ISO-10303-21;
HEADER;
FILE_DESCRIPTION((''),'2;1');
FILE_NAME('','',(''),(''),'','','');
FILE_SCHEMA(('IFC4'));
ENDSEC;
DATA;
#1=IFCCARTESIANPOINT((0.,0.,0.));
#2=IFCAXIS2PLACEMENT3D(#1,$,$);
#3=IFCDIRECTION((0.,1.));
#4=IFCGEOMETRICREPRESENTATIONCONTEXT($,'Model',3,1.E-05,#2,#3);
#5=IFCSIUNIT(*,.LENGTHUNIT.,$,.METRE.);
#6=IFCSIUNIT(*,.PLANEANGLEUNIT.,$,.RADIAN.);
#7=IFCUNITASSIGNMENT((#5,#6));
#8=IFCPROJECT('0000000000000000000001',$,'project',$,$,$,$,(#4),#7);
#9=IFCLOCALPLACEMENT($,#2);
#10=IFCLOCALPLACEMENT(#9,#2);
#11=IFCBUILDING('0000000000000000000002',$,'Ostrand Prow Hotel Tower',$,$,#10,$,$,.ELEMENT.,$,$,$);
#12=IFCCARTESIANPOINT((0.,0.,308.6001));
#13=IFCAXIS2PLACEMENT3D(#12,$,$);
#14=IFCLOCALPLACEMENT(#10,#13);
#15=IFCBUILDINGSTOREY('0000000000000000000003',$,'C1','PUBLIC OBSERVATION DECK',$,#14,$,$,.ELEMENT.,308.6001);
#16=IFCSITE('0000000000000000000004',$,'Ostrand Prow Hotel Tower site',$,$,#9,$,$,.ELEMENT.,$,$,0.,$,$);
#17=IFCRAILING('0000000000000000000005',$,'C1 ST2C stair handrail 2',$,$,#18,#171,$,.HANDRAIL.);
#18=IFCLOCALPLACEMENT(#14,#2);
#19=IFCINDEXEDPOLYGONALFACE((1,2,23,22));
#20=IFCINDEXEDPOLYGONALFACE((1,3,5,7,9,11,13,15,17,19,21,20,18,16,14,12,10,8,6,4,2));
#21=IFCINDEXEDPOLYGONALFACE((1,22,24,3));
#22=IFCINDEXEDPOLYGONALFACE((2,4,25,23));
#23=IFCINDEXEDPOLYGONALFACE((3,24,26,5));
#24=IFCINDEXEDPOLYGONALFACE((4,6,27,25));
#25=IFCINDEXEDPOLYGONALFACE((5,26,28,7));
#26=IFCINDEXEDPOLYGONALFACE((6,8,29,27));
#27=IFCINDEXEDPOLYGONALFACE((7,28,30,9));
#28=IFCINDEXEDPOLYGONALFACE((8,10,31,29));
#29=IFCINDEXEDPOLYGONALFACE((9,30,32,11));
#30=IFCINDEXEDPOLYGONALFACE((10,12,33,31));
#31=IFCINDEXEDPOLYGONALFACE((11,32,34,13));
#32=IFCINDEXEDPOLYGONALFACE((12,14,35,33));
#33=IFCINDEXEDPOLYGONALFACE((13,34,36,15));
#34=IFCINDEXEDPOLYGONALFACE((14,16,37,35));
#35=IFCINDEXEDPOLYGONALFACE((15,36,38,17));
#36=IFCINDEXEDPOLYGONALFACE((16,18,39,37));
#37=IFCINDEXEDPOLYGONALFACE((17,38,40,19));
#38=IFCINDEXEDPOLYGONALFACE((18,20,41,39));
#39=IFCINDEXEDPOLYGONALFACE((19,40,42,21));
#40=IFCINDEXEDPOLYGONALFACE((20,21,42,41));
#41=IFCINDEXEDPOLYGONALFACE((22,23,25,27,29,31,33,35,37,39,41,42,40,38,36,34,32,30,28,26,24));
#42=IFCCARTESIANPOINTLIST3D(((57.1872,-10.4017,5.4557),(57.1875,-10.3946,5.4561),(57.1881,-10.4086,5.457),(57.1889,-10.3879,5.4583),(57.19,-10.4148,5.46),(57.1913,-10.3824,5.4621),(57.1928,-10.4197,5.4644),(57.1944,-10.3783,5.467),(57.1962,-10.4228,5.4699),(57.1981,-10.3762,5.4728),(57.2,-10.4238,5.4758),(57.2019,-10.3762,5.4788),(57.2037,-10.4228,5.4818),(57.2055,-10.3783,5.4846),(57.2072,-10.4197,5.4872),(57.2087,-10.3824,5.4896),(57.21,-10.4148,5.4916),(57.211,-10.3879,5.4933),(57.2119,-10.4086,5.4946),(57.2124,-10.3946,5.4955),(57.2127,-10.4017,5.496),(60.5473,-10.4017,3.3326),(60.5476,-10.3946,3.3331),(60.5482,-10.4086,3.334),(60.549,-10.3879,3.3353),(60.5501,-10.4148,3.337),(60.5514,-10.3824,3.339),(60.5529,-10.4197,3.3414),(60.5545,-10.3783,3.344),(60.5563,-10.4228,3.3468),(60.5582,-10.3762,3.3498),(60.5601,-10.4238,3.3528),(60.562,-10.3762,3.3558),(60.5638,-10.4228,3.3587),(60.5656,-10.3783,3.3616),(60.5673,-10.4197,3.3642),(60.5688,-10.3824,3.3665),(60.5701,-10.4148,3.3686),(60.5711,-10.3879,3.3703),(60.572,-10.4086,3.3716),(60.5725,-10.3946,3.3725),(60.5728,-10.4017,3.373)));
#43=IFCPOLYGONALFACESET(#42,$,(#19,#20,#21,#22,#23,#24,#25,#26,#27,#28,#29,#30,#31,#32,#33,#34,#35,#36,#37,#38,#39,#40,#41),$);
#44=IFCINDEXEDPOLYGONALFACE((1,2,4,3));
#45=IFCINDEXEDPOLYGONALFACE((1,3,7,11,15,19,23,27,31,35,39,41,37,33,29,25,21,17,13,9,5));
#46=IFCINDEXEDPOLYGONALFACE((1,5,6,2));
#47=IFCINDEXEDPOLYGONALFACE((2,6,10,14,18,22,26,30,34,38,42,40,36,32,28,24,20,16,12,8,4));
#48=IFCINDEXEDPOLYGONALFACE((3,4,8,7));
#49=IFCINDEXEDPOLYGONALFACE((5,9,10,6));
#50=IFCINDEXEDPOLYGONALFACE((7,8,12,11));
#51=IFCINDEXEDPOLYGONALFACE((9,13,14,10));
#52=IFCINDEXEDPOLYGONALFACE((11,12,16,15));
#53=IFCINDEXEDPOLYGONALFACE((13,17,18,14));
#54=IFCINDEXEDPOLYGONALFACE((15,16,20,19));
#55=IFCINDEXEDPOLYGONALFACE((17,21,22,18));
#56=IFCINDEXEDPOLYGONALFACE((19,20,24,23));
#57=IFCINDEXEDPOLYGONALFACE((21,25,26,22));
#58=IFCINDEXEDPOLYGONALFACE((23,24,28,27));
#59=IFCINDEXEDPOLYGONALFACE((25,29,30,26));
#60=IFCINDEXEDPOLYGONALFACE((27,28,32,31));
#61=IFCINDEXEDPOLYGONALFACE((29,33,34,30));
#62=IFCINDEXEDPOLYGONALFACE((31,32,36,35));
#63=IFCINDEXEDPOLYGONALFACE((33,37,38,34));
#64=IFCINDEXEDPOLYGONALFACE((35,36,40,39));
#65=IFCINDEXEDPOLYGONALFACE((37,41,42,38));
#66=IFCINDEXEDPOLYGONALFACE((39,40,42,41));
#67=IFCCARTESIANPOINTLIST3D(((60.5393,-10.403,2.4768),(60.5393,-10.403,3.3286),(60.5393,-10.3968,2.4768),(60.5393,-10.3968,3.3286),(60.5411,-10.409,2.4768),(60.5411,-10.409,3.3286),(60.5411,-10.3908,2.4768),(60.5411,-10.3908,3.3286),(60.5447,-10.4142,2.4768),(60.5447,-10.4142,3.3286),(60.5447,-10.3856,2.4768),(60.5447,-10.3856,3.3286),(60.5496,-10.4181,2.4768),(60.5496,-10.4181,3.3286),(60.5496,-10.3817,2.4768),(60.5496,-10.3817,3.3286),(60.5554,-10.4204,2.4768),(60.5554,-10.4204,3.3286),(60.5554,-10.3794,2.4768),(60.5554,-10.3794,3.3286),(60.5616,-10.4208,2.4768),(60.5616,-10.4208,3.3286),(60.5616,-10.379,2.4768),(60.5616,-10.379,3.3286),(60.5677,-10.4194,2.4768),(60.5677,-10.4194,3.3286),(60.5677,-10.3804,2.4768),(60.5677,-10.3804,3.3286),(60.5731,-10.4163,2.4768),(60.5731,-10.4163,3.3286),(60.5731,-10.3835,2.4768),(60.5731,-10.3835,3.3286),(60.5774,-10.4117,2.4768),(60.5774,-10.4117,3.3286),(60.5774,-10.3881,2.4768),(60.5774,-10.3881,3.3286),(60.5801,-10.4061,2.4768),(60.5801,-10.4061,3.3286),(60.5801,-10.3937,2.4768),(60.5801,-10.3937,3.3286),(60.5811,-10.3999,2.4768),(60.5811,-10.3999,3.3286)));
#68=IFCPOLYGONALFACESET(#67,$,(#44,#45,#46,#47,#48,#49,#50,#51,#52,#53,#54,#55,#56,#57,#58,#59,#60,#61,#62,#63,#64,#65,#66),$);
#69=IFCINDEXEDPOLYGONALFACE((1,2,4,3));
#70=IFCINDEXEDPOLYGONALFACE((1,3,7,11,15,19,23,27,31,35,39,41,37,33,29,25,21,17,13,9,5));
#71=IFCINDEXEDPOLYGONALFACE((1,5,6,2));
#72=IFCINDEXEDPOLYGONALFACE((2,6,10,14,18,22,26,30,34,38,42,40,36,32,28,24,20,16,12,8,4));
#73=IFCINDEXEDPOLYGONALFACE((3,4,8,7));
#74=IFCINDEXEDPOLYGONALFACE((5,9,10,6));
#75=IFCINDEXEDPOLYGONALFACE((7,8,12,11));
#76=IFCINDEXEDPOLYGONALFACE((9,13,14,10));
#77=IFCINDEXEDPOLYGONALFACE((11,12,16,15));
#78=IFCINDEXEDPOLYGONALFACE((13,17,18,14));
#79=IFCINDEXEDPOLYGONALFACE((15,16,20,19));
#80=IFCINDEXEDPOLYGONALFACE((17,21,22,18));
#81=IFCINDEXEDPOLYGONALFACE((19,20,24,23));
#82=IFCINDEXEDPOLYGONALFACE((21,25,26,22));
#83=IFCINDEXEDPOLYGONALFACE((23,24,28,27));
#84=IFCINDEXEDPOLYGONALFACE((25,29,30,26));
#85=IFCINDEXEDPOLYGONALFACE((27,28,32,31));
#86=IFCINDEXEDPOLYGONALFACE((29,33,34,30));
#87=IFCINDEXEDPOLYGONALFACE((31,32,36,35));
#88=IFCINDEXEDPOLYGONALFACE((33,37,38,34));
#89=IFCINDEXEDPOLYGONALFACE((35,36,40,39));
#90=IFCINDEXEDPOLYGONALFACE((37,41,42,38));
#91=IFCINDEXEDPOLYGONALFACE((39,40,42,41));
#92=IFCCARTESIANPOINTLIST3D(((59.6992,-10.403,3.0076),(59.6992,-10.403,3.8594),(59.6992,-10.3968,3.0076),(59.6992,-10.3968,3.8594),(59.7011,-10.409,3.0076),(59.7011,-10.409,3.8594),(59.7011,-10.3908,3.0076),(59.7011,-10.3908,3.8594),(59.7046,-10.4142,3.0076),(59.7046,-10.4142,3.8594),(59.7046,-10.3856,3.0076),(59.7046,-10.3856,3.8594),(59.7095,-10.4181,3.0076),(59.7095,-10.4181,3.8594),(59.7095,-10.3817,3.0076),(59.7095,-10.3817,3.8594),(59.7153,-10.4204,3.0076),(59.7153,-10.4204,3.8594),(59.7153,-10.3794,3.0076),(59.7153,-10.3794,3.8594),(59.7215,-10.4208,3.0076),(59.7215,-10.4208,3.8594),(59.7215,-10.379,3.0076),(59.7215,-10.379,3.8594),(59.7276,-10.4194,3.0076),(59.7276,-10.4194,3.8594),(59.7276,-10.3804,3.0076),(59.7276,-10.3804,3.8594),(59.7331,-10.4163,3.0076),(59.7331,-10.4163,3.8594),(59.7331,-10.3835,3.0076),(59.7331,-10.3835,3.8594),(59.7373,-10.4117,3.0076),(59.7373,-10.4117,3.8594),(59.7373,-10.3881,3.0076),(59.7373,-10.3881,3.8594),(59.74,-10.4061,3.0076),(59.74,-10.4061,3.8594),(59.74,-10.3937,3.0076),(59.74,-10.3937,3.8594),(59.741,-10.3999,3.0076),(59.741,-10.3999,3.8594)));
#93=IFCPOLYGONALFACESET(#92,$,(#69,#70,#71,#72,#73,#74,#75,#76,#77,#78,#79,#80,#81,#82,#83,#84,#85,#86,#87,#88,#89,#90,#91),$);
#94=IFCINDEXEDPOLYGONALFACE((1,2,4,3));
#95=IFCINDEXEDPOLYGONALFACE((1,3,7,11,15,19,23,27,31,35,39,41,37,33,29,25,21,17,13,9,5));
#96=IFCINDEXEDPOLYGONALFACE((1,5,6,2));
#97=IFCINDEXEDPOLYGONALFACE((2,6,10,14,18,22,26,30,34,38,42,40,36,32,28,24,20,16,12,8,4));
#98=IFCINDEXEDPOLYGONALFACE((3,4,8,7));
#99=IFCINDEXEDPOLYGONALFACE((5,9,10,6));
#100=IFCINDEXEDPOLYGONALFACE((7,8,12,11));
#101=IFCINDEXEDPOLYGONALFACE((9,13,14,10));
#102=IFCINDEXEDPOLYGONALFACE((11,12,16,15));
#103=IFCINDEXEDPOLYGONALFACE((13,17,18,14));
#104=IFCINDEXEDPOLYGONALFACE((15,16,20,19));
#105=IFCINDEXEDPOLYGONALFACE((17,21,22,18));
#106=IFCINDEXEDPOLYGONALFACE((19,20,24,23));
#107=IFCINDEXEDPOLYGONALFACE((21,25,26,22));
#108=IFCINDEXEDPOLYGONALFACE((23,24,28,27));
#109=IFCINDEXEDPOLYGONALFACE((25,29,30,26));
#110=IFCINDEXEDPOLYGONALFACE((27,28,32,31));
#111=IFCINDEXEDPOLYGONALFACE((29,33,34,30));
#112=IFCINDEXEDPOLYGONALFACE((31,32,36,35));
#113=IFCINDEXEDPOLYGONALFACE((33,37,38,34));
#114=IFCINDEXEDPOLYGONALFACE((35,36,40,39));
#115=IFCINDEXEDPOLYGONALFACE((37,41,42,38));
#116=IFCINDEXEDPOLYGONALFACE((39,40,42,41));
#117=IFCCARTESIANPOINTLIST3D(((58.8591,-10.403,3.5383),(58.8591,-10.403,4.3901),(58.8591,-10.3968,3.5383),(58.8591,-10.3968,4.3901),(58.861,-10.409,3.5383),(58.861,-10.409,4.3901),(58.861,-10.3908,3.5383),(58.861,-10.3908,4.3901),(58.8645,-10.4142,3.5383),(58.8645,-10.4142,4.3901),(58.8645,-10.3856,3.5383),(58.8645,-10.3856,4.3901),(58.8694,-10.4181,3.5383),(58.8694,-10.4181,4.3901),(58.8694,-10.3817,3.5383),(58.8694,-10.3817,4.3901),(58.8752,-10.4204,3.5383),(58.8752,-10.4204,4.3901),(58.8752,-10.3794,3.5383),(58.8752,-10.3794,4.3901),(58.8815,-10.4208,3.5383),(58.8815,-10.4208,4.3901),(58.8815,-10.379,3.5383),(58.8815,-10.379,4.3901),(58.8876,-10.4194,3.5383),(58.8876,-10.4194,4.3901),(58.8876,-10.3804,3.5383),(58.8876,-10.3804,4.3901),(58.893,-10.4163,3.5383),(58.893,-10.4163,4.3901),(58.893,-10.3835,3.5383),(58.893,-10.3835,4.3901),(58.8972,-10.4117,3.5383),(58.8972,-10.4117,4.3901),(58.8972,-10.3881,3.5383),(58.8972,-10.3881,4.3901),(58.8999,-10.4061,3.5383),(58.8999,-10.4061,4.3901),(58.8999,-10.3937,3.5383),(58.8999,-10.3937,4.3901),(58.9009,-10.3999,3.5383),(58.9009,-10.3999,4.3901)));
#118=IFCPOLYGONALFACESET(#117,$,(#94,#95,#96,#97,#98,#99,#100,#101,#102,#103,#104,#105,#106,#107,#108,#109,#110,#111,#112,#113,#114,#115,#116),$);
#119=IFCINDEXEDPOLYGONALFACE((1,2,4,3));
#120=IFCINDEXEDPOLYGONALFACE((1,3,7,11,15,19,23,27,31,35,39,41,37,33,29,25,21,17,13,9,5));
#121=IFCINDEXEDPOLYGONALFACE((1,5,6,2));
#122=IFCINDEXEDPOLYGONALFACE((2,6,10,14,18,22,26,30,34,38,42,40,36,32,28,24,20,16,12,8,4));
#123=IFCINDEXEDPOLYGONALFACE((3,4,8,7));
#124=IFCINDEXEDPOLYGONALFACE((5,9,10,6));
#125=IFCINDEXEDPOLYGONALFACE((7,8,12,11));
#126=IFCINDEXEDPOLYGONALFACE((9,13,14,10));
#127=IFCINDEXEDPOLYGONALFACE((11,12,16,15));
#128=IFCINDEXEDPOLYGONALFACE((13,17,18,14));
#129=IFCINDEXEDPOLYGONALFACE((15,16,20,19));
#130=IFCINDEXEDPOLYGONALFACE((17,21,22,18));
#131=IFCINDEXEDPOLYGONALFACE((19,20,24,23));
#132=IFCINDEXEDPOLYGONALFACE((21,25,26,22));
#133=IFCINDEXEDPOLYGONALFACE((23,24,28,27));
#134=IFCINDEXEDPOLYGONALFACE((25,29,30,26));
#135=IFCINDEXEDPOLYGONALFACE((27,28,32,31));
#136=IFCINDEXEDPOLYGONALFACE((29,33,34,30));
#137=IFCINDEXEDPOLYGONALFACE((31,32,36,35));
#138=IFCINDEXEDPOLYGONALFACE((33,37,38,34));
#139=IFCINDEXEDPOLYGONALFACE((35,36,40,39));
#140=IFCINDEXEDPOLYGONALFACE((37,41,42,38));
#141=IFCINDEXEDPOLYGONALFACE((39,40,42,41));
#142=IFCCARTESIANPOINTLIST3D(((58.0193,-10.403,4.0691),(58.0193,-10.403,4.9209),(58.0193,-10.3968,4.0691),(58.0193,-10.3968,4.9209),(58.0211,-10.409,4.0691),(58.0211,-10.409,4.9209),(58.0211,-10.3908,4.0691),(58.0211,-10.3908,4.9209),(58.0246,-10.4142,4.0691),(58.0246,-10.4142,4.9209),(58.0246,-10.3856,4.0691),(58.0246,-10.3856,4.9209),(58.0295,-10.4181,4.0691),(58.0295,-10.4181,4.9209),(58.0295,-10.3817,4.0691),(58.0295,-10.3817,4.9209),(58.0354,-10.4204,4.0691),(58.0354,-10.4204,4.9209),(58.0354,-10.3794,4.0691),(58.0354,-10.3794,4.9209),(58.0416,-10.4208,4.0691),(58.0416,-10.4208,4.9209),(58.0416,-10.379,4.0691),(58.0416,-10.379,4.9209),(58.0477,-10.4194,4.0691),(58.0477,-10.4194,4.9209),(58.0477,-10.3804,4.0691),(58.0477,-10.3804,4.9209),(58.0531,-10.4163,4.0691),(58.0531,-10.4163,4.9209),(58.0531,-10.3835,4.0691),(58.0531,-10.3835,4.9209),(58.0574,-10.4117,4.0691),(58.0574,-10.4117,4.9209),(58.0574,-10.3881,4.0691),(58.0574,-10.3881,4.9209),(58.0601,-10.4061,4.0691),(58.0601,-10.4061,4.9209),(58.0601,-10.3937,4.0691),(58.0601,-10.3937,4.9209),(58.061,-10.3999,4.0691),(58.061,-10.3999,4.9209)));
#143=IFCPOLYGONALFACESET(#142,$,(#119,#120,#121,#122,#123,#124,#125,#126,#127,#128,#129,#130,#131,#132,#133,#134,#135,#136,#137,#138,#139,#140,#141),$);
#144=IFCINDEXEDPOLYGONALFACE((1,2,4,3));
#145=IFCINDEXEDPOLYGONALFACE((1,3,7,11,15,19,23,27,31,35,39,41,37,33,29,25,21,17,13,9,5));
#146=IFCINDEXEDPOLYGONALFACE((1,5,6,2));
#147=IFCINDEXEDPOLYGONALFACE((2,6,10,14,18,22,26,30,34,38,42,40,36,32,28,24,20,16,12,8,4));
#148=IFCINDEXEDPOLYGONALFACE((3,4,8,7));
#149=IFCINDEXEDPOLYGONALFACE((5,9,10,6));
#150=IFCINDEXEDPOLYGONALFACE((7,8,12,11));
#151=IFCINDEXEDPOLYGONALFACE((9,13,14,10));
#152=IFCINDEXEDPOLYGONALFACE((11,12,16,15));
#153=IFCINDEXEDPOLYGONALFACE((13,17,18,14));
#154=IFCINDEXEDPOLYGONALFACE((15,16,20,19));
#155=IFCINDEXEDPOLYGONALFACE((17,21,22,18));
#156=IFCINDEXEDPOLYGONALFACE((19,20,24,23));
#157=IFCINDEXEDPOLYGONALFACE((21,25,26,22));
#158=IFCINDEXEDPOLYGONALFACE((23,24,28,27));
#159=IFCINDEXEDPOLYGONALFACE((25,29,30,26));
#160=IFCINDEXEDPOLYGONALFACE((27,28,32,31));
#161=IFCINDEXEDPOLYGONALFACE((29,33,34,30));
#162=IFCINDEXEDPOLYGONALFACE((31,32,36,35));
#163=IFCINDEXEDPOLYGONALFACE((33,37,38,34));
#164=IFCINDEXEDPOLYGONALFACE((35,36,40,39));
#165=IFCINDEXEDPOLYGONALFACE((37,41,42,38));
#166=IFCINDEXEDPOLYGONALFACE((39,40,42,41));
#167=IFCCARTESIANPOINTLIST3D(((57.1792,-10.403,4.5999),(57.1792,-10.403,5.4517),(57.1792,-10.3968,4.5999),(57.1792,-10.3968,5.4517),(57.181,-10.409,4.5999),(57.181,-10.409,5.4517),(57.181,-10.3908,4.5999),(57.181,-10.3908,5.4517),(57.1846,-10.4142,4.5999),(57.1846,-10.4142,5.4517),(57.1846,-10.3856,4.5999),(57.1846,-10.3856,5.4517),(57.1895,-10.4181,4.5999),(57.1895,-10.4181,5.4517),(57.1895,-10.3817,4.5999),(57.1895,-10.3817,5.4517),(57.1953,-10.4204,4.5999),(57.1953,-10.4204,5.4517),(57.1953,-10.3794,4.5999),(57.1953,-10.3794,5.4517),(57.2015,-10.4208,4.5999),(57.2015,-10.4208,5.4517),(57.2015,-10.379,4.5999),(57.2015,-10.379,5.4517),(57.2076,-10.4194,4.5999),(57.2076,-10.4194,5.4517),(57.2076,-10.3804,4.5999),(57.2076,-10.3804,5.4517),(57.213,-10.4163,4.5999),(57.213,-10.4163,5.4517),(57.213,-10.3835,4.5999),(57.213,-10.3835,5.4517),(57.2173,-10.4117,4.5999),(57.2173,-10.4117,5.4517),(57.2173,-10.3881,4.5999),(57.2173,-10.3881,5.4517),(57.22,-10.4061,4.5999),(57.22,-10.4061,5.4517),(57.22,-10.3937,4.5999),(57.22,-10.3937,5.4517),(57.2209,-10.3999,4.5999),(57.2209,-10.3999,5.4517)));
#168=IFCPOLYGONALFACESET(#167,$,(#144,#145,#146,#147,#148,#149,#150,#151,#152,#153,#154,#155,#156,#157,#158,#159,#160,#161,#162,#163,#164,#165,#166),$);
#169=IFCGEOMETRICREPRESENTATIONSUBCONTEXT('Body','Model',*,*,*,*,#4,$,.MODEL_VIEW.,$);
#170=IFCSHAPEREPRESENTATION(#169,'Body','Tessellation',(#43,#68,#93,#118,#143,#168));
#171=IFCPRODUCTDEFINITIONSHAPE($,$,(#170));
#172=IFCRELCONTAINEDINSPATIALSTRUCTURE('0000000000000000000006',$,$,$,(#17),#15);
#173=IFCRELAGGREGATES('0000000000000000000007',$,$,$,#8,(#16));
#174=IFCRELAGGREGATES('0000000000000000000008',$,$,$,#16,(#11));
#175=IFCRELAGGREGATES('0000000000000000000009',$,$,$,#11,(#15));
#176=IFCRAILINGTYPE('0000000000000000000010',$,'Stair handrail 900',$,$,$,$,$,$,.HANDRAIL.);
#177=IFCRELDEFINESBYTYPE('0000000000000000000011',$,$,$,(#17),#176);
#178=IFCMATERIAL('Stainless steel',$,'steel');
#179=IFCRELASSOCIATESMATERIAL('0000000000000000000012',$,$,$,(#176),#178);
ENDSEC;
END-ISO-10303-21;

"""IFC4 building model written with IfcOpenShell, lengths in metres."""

from ifc_helpers import new_model, si_unit, direction, frame, origin, origin_2d, place, context, subcontext, project, spatial, circle, extrude, material, type_object, element, save


model = new_model("IFC4")

# Units and contexts
model_context = context("Model", 3, precision=1e-05, world=origin(), true_north=direction((0.0, 1.0)))
body_context = subcontext(model_context, "Body", "Model", "MODEL_VIEW")
ifc_project = project(units=[si_unit("LENGTHUNIT", "METRE"), si_unit("PLANEANGLEUNIT", "RADIAN")], contexts=[model_context])

# Site, building, storey
site_placement = place(None, origin())
site = spatial("IfcSite", under=ifc_project, at=site_placement, Name="Ostrand Prow Hotel Tower site", CompositionType="ELEMENT", RefElevation=0.0)
building_placement = place(site_placement, origin())
building = spatial("IfcBuilding", under=site, at=building_placement, Name="Ostrand Prow Hotel Tower", CompositionType="ELEMENT")
storey_placement = place(building_placement, frame((0.0, 0.0, 308.6001)))
storey = spatial("IfcBuildingStorey", under=building, at=storey_placement, Name="C1", Description="PUBLIC OBSERVATION DECK", CompositionType="ELEMENT", Elevation=308.6001)

# Railing
ifc_material_1 = material(Name="Stainless steel", Category="steel")
railing_type_1 = type_object("IfcRailingType", Name="Stair handrail 900", PredefinedType="HANDRAIL", material=ifc_material_1)
railing_1_placement = place(storey_placement, frame((60.5601, -10.3999, 2.4768)))
element("IfcRailing", 1, at=railing_1_placement, inside=storey, type_object=railing_type_1, Name="C1 ST2C stair handrail 2", PredefinedType="HANDRAIL", context=body_context, shape_type="SweptSolid", body=[
    extrude(circle(Radius=0.0239, at=origin_2d()), frame((0.0, 0.0, 0.876), z_axis=(-0.84539, 0.0, 0.53415), x_axis=(0.0, -1.0, 0.0)), (0.0, 0.0, 1.0), 3.9746),
    extrude(circle(Radius=0.021, at=origin_2d()), origin(), (0.0, 0.0, 1.0), 0.8518),
    extrude(circle(Radius=0.021, at=origin_2d()), frame((-0.8401, 0.0, 0.5308)), (0.0, 0.0, 1.0), 0.8518),
    extrude(circle(Radius=0.021, at=origin_2d()), frame((-1.6802, 0.0, 1.0615)), (0.0, 0.0, 1.0), 0.8518),
    extrude(circle(Radius=0.021, at=origin_2d()), frame((-2.52, 0.0, 1.5923)), (0.0, 0.0, 1.0), 0.8518),
    extrude(circle(Radius=0.021, at=origin_2d()), frame((-3.3601, 0.0, 2.123)), (0.0, 0.0, 1.0), 0.8518),
])

save(model, "model.ifc")
